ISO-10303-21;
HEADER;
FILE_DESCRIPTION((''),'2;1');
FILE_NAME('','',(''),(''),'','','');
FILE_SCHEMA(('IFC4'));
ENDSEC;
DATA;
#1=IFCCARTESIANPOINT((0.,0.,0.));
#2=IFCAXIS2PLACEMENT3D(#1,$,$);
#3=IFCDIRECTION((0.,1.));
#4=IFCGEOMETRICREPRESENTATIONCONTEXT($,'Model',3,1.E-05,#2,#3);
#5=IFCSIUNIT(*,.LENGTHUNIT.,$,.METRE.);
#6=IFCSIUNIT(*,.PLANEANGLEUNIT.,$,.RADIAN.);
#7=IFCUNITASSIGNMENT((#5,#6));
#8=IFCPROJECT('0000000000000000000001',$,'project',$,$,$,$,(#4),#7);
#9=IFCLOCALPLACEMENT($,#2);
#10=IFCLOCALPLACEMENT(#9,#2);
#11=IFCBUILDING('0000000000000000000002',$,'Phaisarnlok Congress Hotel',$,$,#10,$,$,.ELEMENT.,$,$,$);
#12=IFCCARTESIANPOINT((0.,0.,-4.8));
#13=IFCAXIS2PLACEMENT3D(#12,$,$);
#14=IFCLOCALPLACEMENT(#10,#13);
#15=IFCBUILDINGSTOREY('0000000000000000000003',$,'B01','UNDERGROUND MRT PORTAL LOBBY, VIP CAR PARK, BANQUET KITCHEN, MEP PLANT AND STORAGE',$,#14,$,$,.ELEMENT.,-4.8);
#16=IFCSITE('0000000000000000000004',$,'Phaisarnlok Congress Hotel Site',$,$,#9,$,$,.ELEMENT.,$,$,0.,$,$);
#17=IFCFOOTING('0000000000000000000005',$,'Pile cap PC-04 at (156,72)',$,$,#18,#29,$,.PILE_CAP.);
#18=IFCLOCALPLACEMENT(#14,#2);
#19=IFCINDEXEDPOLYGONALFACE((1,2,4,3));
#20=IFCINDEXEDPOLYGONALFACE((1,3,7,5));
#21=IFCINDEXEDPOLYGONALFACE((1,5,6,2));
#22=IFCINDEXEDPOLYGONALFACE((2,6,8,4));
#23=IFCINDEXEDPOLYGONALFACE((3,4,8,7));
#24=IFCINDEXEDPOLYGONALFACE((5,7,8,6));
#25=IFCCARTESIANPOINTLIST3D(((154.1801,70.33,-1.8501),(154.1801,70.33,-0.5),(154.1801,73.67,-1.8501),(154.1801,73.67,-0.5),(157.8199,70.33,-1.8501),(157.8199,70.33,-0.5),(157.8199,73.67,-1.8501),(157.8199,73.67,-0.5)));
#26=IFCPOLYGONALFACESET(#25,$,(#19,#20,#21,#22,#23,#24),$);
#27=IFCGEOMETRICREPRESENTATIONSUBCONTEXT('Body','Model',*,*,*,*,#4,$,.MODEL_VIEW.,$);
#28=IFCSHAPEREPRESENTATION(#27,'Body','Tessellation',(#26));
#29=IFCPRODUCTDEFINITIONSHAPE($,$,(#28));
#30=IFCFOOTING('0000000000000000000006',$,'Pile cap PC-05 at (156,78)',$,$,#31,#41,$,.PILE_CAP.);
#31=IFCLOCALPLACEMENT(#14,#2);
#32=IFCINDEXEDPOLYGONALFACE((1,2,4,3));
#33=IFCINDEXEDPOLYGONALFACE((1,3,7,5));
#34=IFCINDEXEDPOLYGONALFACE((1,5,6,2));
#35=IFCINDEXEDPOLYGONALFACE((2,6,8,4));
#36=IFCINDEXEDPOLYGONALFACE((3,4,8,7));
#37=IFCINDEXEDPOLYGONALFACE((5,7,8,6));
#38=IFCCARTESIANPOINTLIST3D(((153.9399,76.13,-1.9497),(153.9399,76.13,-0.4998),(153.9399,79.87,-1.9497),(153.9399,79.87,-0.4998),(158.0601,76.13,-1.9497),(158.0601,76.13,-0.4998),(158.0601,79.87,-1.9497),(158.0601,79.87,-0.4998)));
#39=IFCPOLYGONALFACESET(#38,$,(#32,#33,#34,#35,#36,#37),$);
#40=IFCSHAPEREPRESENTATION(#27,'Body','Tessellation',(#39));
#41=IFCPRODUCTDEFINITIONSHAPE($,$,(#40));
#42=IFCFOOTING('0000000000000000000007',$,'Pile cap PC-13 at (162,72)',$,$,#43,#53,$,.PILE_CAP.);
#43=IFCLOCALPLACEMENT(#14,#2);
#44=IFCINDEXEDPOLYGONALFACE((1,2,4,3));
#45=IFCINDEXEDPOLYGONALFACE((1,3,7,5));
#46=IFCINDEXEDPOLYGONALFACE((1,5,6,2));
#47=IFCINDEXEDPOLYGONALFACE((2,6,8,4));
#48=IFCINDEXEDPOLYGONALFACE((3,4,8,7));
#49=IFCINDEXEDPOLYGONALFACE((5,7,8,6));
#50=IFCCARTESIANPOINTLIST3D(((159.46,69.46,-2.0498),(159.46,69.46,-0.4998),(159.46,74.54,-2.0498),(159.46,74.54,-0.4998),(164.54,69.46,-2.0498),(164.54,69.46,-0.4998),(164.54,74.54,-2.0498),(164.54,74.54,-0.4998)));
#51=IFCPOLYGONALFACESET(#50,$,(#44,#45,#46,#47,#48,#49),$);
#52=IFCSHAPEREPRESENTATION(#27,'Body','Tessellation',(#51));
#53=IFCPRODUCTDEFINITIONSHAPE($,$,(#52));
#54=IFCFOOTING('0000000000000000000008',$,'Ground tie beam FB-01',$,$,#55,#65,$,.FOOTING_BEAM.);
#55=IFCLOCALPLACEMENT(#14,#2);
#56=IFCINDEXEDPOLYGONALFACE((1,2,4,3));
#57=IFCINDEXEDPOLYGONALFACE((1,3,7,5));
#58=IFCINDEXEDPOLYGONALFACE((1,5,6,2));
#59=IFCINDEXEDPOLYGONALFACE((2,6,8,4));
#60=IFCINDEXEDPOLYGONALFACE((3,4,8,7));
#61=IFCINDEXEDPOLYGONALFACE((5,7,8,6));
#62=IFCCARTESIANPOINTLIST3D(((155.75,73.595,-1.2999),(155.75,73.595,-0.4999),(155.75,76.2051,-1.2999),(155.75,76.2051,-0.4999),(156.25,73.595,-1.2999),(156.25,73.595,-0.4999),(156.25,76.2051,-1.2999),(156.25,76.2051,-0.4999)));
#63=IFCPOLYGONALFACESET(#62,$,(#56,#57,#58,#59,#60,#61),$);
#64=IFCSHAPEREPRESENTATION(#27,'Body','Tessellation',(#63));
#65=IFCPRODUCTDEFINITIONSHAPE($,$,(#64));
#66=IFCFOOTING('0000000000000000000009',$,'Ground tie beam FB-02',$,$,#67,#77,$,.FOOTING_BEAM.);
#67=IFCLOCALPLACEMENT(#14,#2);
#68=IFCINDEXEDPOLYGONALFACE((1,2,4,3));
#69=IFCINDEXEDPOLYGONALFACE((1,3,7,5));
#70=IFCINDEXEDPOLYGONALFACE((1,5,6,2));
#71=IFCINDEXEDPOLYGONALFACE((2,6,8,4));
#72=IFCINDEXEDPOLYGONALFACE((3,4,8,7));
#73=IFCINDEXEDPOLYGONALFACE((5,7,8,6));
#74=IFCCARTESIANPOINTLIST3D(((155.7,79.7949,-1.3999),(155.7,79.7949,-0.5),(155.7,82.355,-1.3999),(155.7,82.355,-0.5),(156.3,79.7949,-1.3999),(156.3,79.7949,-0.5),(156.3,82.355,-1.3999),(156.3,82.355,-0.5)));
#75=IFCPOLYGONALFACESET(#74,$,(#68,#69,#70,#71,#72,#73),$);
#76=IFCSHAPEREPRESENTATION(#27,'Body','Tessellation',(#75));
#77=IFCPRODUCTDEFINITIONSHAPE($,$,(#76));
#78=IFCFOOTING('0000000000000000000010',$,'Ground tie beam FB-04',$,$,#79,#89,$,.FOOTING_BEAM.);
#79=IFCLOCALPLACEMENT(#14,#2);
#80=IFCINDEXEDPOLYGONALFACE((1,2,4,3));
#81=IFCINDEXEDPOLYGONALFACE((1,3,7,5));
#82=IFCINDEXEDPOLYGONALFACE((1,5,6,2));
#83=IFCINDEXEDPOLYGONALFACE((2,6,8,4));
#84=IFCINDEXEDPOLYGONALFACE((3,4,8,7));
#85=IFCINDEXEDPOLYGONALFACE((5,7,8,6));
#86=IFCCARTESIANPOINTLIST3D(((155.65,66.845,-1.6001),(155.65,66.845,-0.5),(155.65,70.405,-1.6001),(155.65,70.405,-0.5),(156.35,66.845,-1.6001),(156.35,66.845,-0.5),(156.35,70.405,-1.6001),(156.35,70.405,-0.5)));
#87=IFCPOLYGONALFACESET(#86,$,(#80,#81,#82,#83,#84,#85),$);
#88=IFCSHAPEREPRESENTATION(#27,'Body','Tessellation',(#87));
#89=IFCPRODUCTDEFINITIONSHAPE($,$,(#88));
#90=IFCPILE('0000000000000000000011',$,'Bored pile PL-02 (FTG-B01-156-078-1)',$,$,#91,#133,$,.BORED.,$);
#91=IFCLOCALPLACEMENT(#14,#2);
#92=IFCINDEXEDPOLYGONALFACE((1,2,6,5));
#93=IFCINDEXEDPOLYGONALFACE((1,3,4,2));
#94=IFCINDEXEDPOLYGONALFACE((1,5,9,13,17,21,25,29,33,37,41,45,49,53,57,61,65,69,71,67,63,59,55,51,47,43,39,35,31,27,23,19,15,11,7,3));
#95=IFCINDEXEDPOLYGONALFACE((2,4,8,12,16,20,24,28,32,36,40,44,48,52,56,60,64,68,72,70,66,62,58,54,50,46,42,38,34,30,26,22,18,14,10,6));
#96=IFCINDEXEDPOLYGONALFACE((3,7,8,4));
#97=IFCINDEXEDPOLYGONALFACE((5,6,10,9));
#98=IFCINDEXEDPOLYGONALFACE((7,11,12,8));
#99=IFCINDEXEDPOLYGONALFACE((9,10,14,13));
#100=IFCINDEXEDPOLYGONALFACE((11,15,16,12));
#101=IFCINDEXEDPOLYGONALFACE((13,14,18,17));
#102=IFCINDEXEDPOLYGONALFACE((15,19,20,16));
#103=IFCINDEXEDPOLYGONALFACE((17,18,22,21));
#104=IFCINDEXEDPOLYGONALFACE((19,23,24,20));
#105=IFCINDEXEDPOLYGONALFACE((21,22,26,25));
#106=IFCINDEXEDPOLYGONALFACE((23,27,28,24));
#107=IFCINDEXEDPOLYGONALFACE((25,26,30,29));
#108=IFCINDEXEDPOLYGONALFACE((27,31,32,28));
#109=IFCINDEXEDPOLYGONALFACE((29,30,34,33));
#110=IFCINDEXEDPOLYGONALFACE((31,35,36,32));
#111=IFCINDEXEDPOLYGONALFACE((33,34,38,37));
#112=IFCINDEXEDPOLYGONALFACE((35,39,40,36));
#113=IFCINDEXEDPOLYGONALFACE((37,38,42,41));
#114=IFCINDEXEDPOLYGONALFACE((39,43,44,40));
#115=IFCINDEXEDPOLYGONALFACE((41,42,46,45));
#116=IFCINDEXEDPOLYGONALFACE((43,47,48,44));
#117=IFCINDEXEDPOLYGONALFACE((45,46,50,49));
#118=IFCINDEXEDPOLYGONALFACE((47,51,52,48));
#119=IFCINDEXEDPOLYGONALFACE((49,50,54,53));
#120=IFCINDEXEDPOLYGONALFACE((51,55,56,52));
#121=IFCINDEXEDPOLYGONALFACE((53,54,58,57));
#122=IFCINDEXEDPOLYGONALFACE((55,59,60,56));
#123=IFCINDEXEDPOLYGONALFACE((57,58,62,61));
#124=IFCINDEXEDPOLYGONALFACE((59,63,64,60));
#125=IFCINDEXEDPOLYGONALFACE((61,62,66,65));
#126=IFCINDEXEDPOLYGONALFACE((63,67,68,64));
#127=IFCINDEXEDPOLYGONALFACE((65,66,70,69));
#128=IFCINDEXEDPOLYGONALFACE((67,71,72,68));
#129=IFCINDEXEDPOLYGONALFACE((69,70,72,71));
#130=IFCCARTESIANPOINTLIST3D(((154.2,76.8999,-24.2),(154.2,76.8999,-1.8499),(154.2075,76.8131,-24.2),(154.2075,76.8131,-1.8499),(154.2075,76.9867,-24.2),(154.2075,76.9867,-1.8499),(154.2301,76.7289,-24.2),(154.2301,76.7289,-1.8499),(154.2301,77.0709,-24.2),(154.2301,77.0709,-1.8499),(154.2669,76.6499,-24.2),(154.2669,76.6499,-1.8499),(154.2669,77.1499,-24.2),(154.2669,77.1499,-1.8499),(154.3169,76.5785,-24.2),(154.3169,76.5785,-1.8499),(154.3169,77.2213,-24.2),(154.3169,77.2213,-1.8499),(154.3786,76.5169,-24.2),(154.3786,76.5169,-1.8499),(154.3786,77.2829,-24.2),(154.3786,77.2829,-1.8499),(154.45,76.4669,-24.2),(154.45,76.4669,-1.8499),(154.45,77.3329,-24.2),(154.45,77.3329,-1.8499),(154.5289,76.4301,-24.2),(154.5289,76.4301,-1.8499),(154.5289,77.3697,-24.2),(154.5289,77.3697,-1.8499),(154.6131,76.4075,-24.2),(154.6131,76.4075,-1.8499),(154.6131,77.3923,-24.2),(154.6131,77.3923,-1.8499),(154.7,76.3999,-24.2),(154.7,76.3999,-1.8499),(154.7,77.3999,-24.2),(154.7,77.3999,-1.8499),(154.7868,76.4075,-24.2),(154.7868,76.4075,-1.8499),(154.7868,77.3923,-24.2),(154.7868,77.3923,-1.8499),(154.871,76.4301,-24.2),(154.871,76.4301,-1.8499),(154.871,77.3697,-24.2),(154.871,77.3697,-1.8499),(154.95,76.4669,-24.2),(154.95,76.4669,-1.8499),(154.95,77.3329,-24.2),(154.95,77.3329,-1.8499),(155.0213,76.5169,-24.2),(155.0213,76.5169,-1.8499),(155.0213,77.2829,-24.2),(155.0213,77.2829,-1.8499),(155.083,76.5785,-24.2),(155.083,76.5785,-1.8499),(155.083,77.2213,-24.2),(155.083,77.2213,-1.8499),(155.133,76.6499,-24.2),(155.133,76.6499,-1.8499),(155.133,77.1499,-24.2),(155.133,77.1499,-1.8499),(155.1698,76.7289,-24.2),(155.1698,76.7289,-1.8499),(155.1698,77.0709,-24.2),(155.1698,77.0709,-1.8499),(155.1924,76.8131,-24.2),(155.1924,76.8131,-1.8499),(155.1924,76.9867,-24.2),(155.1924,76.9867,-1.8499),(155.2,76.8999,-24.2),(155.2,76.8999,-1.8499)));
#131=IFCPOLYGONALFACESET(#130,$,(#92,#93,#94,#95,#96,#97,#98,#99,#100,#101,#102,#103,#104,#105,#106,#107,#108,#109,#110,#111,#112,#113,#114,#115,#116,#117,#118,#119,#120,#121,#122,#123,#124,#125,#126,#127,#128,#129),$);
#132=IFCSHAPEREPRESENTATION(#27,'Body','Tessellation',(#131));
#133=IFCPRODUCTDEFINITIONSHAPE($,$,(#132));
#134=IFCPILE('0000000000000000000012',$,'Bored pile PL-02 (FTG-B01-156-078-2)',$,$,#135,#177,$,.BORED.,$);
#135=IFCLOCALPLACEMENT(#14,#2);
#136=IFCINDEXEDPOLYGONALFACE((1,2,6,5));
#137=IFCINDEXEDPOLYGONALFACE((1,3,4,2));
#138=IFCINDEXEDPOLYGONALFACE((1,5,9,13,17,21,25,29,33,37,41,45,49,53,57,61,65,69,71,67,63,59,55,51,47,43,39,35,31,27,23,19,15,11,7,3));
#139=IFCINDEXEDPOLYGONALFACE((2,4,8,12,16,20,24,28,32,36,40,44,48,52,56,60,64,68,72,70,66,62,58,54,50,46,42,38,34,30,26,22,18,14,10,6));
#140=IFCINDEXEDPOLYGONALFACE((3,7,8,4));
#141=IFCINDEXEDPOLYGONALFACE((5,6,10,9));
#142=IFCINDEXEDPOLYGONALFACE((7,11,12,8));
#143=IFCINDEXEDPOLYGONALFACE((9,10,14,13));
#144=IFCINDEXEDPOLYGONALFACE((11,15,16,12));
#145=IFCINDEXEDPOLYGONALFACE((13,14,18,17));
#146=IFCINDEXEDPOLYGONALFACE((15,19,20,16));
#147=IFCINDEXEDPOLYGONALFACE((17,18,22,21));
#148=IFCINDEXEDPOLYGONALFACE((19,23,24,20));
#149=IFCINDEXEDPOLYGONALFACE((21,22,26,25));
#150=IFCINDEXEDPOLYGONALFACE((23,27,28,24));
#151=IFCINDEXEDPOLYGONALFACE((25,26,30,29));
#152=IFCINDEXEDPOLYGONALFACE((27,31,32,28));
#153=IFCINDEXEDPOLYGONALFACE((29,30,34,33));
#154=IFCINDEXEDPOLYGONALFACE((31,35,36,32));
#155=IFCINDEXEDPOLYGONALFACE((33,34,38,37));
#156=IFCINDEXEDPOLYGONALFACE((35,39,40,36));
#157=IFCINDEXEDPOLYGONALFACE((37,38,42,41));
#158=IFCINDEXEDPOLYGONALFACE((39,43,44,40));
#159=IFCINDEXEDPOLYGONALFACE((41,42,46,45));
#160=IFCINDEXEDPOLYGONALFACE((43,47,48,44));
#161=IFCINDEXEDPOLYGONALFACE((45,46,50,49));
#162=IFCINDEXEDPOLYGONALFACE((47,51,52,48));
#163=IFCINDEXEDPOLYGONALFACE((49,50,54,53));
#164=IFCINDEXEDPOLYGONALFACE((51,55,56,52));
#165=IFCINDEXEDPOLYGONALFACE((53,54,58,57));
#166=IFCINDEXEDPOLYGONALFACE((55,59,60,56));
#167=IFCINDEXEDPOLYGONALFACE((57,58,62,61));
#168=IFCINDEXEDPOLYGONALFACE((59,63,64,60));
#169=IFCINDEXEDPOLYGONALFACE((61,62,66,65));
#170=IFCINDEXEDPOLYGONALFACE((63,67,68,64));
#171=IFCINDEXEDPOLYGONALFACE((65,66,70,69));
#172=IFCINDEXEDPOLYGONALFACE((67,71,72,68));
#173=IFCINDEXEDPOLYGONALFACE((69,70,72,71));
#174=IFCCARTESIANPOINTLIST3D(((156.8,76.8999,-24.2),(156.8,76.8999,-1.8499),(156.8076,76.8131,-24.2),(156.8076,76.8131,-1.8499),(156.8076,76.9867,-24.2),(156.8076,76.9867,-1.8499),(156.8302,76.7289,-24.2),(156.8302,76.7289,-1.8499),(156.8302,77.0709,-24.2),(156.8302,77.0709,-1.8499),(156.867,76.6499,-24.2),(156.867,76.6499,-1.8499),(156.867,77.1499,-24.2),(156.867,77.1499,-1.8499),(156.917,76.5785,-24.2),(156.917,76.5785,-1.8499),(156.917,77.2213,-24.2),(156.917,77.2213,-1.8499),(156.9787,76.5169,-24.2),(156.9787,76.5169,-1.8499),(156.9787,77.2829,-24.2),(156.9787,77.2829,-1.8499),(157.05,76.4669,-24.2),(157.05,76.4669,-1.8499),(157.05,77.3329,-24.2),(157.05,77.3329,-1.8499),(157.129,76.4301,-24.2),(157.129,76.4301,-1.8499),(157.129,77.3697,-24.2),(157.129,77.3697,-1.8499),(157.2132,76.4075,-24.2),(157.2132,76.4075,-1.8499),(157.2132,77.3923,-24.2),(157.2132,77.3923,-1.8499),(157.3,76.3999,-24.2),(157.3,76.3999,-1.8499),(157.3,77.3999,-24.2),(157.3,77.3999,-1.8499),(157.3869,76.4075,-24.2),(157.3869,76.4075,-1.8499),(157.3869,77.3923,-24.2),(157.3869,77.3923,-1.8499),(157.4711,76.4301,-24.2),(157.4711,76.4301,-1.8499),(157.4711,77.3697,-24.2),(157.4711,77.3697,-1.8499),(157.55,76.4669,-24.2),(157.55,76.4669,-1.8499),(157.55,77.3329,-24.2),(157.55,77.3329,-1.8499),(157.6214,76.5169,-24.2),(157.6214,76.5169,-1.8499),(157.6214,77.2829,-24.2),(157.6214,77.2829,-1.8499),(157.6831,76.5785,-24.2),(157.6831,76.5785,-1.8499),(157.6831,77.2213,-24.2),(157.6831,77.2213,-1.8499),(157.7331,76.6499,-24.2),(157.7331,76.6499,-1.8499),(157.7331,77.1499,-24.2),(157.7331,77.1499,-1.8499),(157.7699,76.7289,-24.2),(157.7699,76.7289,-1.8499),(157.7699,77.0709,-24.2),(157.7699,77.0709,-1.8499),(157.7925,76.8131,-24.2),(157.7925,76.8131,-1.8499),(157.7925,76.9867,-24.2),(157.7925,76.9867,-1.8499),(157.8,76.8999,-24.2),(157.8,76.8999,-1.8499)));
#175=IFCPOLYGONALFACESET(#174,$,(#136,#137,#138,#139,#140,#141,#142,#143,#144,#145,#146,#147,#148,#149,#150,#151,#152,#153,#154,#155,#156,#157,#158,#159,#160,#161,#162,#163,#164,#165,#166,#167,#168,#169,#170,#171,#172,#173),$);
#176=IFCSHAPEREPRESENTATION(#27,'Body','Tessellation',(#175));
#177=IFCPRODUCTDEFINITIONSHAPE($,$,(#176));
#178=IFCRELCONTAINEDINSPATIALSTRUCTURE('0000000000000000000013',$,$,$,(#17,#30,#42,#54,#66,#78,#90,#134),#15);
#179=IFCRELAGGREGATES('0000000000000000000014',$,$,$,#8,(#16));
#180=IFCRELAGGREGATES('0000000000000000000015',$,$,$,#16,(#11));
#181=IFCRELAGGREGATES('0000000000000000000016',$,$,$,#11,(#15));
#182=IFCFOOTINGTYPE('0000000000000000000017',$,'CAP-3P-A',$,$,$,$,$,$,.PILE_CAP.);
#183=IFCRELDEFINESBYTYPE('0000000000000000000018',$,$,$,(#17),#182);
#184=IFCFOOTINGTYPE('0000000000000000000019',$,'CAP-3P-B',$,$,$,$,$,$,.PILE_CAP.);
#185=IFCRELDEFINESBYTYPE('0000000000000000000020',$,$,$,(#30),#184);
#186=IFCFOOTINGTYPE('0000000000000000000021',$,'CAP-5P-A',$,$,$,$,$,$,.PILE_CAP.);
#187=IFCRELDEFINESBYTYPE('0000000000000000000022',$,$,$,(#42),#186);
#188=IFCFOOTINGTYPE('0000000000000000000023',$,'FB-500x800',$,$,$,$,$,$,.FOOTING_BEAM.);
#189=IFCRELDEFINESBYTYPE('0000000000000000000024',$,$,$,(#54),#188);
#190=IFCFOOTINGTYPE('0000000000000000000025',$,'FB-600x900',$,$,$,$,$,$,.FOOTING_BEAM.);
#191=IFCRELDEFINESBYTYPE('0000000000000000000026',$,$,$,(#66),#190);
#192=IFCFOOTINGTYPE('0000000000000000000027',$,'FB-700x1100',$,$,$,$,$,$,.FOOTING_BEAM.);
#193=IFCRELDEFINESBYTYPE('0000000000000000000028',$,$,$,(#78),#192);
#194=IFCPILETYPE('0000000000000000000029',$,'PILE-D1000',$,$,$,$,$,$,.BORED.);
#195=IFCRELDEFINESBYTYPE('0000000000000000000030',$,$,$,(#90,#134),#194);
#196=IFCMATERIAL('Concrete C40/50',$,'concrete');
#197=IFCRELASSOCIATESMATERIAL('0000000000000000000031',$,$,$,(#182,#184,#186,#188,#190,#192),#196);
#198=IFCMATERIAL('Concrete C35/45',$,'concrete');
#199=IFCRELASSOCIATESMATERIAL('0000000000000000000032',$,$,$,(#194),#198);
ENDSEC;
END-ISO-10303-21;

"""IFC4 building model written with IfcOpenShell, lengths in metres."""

from ifc_helpers import new_model, si_unit, direction, frame, origin, origin_2d, place, context, subcontext, project, spatial, rectangle, circle, extrude, material, material_profile, profile_set, type_object, element, save


model = new_model("IFC4")

# Units and contexts
model_context = context("Model", 3, precision=1e-05, world=origin(), true_north=direction((0.0, 1.0)))
body_context = subcontext(model_context, "Body", "Model", "MODEL_VIEW")
ifc_project = project(units=[si_unit("LENGTHUNIT", "METRE"), si_unit("PLANEANGLEUNIT", "RADIAN")], contexts=[model_context])

# Site, building, storey
site_placement = place(None, origin())
site = spatial("IfcSite", under=ifc_project, at=site_placement, Name="Phaisarnlok Congress Hotel Site", CompositionType="ELEMENT", RefElevation=0.0)
building_placement = place(site_placement, origin())
building = spatial("IfcBuilding", under=site, at=building_placement, Name="Phaisarnlok Congress Hotel", CompositionType="ELEMENT")
storey_placement = place(building_placement, frame((0.0, 0.0, -4.8)))
storey = spatial("IfcBuildingStorey", under=building, at=storey_placement, Name="B01", Description="UNDERGROUND MRT PORTAL LOBBY, VIP CAR PARK, BANQUET KITCHEN, MEP PLANT AND STORAGE", CompositionType="ELEMENT", Elevation=-4.8)

# Footings
ifc_material_1 = material(Name="Concrete C40/50", Category="concrete")
footing_type_1 = type_object("IfcFootingType", Name="CAP-3P-A", PredefinedType="PILE_CAP", material=ifc_material_1)
footing_1_placement = place(storey_placement, frame((156.0, 72.0, -1.8501), z_axis=(0.0, 0.0, 1.0), x_axis=(1.0, 0.0, 0.0)))
element("IfcFooting", 1, at=footing_1_placement, inside=storey, type_object=footing_type_1, Name="Pile cap PC-04 at (156,72)", PredefinedType="PILE_CAP", context=body_context, shape_type="SweptSolid", body=[
    extrude(rectangle(XDim=3.6399, YDim=3.3401, at=origin_2d()), origin(), (0.0, 0.0, 1.0), 1.3501),
])
footing_type_2 = type_object("IfcFootingType", Name="CAP-3P-B", PredefinedType="PILE_CAP", material=ifc_material_1)
footing_2_placement = place(storey_placement, frame((156.0, 78.0, -1.9497), z_axis=(0.0, 0.0, 1.0), x_axis=(1.0, 0.0, 0.0)))
element("IfcFooting", 2, at=footing_2_placement, inside=storey, type_object=footing_type_2, Name="Pile cap PC-05 at (156,78)", PredefinedType="PILE_CAP", context=body_context, shape_type="SweptSolid", body=[
    extrude(rectangle(XDim=4.1201, YDim=3.74, at=origin_2d()), origin(), (0.0, 0.0, 1.0), 1.45),
])
footing_type_3 = type_object("IfcFootingType", Name="CAP-5P-A", PredefinedType="PILE_CAP", material=ifc_material_1)
footing_3_placement = place(storey_placement, frame((162.0, 72.0, -2.0498), z_axis=(0.0, 0.0, 1.0), x_axis=(1.0, 0.0, 0.0)))
element("IfcFooting", 3, at=footing_3_placement, inside=storey, type_object=footing_type_3, Name="Pile cap PC-13 at (162,72)", PredefinedType="PILE_CAP", context=body_context, shape_type="SweptSolid", body=[
    extrude(rectangle(XDim=5.0801, YDim=5.0801, at=origin_2d()), origin(), (0.0, 0.0, 1.0), 1.55),
])
ifc_material_profile_1 = material_profile(ifc_material_1, rectangle(XDim=0.5, YDim=0.8, at=origin_2d()), Name="FB-500x800")
ifc_profile_set_1 = profile_set([ifc_material_profile_1], Name="Concrete C40/50")
footing_type_4 = type_object("IfcFootingType", Name="FB-500x800", PredefinedType="FOOTING_BEAM", material=ifc_profile_set_1)
footing_4_placement = place(storey_placement, frame((156.0, 73.595, -0.8999), z_axis=(0.0, 1.0, 0.0), x_axis=(-1.0, 0.0, 0.0)))
element("IfcFooting", 4, at=footing_4_placement, inside=storey, type_object=footing_type_4, Name="Ground tie beam FB-01", PredefinedType="FOOTING_BEAM", context=body_context, shape_type="SweptSolid", body=[
    extrude(rectangle(XDim=0.5, YDim=0.8, at=origin_2d()), origin(), (0.0, 0.0, 1.0), 2.6101),
])
ifc_material_profile_2 = material_profile(ifc_material_1, rectangle(XDim=0.6001, YDim=0.8999, at=origin_2d()), Name="FB-600x900")
ifc_profile_set_2 = profile_set([ifc_material_profile_2], Name="Concrete C40/50")
footing_type_5 = type_object("IfcFootingType", Name="FB-600x900", PredefinedType="FOOTING_BEAM", material=ifc_profile_set_2)
footing_5_placement = place(storey_placement, frame((156.0, 79.7949, -0.95), z_axis=(0.0, 1.0, 0.0), x_axis=(-1.0, 0.0, 0.0)))
element("IfcFooting", 5, at=footing_5_placement, inside=storey, type_object=footing_type_5, Name="Ground tie beam FB-02", PredefinedType="FOOTING_BEAM", context=body_context, shape_type="SweptSolid", body=[
    extrude(rectangle(XDim=0.6001, YDim=0.8999, at=origin_2d()), origin(), (0.0, 0.0, 1.0), 2.5601),
])
ifc_material_profile_3 = material_profile(ifc_material_1, rectangle(XDim=0.7, YDim=1.1001, at=origin_2d()), Name="FB-700x1100")
ifc_profile_set_3 = profile_set([ifc_material_profile_3], Name="Concrete C40/50")
footing_type_6 = type_object("IfcFootingType", Name="FB-700x1100", PredefinedType="FOOTING_BEAM", material=ifc_profile_set_3)
footing_6_placement = place(storey_placement, frame((156.0, 66.845, -1.05), z_axis=(0.0, 1.0, 0.0), x_axis=(-1.0, 0.0, 0.0)))
element("IfcFooting", 6, at=footing_6_placement, inside=storey, type_object=footing_type_6, Name="Ground tie beam FB-04", PredefinedType="FOOTING_BEAM", context=body_context, shape_type="SweptSolid", body=[
    extrude(rectangle(XDim=0.7, YDim=1.1001, at=origin_2d()), origin(), (0.0, 0.0, 1.0), 3.5601),
])

# Piles
ifc_material_2 = material(Name="Concrete C35/45", Category="concrete")
ifc_material_profile_4 = material_profile(ifc_material_2, circle(Radius=0.5, at=origin_2d()), Name="BORED PILE D1000")
ifc_profile_set_4 = profile_set([ifc_material_profile_4], Name="Concrete C35/45")
pile_type_1 = type_object("IfcPileType", Name="PILE-D1000", PredefinedType="BORED", material=ifc_profile_set_4)
for number, where, z_axis, x_axis, name in (
    (7, (154.7, 76.8999, -1.8499), (0.0, 0.0, -1.0), (1.0, 0.0, 0.0), "Bored pile PL-02 (FTG-B01-156-078-1)"),
    (8, (157.3, 76.8999, -1.8499), (0.0, 0.0, -1.0), (1.0, 0.0, 0.0), "Bored pile PL-02 (FTG-B01-156-078-2)"),
):
    element("IfcPile", number, at=place(storey_placement, frame(where, z_axis=z_axis, x_axis=x_axis)), inside=storey, type_object=pile_type_1, Name=name, PredefinedType="BORED", context=body_context, shape_type="SweptSolid", body=[
        extrude(circle(Radius=0.5, at=origin_2d()), origin(), (0.0, 0.0, 1.0), 22.3501),
    ])

save(model, "model.ifc")
